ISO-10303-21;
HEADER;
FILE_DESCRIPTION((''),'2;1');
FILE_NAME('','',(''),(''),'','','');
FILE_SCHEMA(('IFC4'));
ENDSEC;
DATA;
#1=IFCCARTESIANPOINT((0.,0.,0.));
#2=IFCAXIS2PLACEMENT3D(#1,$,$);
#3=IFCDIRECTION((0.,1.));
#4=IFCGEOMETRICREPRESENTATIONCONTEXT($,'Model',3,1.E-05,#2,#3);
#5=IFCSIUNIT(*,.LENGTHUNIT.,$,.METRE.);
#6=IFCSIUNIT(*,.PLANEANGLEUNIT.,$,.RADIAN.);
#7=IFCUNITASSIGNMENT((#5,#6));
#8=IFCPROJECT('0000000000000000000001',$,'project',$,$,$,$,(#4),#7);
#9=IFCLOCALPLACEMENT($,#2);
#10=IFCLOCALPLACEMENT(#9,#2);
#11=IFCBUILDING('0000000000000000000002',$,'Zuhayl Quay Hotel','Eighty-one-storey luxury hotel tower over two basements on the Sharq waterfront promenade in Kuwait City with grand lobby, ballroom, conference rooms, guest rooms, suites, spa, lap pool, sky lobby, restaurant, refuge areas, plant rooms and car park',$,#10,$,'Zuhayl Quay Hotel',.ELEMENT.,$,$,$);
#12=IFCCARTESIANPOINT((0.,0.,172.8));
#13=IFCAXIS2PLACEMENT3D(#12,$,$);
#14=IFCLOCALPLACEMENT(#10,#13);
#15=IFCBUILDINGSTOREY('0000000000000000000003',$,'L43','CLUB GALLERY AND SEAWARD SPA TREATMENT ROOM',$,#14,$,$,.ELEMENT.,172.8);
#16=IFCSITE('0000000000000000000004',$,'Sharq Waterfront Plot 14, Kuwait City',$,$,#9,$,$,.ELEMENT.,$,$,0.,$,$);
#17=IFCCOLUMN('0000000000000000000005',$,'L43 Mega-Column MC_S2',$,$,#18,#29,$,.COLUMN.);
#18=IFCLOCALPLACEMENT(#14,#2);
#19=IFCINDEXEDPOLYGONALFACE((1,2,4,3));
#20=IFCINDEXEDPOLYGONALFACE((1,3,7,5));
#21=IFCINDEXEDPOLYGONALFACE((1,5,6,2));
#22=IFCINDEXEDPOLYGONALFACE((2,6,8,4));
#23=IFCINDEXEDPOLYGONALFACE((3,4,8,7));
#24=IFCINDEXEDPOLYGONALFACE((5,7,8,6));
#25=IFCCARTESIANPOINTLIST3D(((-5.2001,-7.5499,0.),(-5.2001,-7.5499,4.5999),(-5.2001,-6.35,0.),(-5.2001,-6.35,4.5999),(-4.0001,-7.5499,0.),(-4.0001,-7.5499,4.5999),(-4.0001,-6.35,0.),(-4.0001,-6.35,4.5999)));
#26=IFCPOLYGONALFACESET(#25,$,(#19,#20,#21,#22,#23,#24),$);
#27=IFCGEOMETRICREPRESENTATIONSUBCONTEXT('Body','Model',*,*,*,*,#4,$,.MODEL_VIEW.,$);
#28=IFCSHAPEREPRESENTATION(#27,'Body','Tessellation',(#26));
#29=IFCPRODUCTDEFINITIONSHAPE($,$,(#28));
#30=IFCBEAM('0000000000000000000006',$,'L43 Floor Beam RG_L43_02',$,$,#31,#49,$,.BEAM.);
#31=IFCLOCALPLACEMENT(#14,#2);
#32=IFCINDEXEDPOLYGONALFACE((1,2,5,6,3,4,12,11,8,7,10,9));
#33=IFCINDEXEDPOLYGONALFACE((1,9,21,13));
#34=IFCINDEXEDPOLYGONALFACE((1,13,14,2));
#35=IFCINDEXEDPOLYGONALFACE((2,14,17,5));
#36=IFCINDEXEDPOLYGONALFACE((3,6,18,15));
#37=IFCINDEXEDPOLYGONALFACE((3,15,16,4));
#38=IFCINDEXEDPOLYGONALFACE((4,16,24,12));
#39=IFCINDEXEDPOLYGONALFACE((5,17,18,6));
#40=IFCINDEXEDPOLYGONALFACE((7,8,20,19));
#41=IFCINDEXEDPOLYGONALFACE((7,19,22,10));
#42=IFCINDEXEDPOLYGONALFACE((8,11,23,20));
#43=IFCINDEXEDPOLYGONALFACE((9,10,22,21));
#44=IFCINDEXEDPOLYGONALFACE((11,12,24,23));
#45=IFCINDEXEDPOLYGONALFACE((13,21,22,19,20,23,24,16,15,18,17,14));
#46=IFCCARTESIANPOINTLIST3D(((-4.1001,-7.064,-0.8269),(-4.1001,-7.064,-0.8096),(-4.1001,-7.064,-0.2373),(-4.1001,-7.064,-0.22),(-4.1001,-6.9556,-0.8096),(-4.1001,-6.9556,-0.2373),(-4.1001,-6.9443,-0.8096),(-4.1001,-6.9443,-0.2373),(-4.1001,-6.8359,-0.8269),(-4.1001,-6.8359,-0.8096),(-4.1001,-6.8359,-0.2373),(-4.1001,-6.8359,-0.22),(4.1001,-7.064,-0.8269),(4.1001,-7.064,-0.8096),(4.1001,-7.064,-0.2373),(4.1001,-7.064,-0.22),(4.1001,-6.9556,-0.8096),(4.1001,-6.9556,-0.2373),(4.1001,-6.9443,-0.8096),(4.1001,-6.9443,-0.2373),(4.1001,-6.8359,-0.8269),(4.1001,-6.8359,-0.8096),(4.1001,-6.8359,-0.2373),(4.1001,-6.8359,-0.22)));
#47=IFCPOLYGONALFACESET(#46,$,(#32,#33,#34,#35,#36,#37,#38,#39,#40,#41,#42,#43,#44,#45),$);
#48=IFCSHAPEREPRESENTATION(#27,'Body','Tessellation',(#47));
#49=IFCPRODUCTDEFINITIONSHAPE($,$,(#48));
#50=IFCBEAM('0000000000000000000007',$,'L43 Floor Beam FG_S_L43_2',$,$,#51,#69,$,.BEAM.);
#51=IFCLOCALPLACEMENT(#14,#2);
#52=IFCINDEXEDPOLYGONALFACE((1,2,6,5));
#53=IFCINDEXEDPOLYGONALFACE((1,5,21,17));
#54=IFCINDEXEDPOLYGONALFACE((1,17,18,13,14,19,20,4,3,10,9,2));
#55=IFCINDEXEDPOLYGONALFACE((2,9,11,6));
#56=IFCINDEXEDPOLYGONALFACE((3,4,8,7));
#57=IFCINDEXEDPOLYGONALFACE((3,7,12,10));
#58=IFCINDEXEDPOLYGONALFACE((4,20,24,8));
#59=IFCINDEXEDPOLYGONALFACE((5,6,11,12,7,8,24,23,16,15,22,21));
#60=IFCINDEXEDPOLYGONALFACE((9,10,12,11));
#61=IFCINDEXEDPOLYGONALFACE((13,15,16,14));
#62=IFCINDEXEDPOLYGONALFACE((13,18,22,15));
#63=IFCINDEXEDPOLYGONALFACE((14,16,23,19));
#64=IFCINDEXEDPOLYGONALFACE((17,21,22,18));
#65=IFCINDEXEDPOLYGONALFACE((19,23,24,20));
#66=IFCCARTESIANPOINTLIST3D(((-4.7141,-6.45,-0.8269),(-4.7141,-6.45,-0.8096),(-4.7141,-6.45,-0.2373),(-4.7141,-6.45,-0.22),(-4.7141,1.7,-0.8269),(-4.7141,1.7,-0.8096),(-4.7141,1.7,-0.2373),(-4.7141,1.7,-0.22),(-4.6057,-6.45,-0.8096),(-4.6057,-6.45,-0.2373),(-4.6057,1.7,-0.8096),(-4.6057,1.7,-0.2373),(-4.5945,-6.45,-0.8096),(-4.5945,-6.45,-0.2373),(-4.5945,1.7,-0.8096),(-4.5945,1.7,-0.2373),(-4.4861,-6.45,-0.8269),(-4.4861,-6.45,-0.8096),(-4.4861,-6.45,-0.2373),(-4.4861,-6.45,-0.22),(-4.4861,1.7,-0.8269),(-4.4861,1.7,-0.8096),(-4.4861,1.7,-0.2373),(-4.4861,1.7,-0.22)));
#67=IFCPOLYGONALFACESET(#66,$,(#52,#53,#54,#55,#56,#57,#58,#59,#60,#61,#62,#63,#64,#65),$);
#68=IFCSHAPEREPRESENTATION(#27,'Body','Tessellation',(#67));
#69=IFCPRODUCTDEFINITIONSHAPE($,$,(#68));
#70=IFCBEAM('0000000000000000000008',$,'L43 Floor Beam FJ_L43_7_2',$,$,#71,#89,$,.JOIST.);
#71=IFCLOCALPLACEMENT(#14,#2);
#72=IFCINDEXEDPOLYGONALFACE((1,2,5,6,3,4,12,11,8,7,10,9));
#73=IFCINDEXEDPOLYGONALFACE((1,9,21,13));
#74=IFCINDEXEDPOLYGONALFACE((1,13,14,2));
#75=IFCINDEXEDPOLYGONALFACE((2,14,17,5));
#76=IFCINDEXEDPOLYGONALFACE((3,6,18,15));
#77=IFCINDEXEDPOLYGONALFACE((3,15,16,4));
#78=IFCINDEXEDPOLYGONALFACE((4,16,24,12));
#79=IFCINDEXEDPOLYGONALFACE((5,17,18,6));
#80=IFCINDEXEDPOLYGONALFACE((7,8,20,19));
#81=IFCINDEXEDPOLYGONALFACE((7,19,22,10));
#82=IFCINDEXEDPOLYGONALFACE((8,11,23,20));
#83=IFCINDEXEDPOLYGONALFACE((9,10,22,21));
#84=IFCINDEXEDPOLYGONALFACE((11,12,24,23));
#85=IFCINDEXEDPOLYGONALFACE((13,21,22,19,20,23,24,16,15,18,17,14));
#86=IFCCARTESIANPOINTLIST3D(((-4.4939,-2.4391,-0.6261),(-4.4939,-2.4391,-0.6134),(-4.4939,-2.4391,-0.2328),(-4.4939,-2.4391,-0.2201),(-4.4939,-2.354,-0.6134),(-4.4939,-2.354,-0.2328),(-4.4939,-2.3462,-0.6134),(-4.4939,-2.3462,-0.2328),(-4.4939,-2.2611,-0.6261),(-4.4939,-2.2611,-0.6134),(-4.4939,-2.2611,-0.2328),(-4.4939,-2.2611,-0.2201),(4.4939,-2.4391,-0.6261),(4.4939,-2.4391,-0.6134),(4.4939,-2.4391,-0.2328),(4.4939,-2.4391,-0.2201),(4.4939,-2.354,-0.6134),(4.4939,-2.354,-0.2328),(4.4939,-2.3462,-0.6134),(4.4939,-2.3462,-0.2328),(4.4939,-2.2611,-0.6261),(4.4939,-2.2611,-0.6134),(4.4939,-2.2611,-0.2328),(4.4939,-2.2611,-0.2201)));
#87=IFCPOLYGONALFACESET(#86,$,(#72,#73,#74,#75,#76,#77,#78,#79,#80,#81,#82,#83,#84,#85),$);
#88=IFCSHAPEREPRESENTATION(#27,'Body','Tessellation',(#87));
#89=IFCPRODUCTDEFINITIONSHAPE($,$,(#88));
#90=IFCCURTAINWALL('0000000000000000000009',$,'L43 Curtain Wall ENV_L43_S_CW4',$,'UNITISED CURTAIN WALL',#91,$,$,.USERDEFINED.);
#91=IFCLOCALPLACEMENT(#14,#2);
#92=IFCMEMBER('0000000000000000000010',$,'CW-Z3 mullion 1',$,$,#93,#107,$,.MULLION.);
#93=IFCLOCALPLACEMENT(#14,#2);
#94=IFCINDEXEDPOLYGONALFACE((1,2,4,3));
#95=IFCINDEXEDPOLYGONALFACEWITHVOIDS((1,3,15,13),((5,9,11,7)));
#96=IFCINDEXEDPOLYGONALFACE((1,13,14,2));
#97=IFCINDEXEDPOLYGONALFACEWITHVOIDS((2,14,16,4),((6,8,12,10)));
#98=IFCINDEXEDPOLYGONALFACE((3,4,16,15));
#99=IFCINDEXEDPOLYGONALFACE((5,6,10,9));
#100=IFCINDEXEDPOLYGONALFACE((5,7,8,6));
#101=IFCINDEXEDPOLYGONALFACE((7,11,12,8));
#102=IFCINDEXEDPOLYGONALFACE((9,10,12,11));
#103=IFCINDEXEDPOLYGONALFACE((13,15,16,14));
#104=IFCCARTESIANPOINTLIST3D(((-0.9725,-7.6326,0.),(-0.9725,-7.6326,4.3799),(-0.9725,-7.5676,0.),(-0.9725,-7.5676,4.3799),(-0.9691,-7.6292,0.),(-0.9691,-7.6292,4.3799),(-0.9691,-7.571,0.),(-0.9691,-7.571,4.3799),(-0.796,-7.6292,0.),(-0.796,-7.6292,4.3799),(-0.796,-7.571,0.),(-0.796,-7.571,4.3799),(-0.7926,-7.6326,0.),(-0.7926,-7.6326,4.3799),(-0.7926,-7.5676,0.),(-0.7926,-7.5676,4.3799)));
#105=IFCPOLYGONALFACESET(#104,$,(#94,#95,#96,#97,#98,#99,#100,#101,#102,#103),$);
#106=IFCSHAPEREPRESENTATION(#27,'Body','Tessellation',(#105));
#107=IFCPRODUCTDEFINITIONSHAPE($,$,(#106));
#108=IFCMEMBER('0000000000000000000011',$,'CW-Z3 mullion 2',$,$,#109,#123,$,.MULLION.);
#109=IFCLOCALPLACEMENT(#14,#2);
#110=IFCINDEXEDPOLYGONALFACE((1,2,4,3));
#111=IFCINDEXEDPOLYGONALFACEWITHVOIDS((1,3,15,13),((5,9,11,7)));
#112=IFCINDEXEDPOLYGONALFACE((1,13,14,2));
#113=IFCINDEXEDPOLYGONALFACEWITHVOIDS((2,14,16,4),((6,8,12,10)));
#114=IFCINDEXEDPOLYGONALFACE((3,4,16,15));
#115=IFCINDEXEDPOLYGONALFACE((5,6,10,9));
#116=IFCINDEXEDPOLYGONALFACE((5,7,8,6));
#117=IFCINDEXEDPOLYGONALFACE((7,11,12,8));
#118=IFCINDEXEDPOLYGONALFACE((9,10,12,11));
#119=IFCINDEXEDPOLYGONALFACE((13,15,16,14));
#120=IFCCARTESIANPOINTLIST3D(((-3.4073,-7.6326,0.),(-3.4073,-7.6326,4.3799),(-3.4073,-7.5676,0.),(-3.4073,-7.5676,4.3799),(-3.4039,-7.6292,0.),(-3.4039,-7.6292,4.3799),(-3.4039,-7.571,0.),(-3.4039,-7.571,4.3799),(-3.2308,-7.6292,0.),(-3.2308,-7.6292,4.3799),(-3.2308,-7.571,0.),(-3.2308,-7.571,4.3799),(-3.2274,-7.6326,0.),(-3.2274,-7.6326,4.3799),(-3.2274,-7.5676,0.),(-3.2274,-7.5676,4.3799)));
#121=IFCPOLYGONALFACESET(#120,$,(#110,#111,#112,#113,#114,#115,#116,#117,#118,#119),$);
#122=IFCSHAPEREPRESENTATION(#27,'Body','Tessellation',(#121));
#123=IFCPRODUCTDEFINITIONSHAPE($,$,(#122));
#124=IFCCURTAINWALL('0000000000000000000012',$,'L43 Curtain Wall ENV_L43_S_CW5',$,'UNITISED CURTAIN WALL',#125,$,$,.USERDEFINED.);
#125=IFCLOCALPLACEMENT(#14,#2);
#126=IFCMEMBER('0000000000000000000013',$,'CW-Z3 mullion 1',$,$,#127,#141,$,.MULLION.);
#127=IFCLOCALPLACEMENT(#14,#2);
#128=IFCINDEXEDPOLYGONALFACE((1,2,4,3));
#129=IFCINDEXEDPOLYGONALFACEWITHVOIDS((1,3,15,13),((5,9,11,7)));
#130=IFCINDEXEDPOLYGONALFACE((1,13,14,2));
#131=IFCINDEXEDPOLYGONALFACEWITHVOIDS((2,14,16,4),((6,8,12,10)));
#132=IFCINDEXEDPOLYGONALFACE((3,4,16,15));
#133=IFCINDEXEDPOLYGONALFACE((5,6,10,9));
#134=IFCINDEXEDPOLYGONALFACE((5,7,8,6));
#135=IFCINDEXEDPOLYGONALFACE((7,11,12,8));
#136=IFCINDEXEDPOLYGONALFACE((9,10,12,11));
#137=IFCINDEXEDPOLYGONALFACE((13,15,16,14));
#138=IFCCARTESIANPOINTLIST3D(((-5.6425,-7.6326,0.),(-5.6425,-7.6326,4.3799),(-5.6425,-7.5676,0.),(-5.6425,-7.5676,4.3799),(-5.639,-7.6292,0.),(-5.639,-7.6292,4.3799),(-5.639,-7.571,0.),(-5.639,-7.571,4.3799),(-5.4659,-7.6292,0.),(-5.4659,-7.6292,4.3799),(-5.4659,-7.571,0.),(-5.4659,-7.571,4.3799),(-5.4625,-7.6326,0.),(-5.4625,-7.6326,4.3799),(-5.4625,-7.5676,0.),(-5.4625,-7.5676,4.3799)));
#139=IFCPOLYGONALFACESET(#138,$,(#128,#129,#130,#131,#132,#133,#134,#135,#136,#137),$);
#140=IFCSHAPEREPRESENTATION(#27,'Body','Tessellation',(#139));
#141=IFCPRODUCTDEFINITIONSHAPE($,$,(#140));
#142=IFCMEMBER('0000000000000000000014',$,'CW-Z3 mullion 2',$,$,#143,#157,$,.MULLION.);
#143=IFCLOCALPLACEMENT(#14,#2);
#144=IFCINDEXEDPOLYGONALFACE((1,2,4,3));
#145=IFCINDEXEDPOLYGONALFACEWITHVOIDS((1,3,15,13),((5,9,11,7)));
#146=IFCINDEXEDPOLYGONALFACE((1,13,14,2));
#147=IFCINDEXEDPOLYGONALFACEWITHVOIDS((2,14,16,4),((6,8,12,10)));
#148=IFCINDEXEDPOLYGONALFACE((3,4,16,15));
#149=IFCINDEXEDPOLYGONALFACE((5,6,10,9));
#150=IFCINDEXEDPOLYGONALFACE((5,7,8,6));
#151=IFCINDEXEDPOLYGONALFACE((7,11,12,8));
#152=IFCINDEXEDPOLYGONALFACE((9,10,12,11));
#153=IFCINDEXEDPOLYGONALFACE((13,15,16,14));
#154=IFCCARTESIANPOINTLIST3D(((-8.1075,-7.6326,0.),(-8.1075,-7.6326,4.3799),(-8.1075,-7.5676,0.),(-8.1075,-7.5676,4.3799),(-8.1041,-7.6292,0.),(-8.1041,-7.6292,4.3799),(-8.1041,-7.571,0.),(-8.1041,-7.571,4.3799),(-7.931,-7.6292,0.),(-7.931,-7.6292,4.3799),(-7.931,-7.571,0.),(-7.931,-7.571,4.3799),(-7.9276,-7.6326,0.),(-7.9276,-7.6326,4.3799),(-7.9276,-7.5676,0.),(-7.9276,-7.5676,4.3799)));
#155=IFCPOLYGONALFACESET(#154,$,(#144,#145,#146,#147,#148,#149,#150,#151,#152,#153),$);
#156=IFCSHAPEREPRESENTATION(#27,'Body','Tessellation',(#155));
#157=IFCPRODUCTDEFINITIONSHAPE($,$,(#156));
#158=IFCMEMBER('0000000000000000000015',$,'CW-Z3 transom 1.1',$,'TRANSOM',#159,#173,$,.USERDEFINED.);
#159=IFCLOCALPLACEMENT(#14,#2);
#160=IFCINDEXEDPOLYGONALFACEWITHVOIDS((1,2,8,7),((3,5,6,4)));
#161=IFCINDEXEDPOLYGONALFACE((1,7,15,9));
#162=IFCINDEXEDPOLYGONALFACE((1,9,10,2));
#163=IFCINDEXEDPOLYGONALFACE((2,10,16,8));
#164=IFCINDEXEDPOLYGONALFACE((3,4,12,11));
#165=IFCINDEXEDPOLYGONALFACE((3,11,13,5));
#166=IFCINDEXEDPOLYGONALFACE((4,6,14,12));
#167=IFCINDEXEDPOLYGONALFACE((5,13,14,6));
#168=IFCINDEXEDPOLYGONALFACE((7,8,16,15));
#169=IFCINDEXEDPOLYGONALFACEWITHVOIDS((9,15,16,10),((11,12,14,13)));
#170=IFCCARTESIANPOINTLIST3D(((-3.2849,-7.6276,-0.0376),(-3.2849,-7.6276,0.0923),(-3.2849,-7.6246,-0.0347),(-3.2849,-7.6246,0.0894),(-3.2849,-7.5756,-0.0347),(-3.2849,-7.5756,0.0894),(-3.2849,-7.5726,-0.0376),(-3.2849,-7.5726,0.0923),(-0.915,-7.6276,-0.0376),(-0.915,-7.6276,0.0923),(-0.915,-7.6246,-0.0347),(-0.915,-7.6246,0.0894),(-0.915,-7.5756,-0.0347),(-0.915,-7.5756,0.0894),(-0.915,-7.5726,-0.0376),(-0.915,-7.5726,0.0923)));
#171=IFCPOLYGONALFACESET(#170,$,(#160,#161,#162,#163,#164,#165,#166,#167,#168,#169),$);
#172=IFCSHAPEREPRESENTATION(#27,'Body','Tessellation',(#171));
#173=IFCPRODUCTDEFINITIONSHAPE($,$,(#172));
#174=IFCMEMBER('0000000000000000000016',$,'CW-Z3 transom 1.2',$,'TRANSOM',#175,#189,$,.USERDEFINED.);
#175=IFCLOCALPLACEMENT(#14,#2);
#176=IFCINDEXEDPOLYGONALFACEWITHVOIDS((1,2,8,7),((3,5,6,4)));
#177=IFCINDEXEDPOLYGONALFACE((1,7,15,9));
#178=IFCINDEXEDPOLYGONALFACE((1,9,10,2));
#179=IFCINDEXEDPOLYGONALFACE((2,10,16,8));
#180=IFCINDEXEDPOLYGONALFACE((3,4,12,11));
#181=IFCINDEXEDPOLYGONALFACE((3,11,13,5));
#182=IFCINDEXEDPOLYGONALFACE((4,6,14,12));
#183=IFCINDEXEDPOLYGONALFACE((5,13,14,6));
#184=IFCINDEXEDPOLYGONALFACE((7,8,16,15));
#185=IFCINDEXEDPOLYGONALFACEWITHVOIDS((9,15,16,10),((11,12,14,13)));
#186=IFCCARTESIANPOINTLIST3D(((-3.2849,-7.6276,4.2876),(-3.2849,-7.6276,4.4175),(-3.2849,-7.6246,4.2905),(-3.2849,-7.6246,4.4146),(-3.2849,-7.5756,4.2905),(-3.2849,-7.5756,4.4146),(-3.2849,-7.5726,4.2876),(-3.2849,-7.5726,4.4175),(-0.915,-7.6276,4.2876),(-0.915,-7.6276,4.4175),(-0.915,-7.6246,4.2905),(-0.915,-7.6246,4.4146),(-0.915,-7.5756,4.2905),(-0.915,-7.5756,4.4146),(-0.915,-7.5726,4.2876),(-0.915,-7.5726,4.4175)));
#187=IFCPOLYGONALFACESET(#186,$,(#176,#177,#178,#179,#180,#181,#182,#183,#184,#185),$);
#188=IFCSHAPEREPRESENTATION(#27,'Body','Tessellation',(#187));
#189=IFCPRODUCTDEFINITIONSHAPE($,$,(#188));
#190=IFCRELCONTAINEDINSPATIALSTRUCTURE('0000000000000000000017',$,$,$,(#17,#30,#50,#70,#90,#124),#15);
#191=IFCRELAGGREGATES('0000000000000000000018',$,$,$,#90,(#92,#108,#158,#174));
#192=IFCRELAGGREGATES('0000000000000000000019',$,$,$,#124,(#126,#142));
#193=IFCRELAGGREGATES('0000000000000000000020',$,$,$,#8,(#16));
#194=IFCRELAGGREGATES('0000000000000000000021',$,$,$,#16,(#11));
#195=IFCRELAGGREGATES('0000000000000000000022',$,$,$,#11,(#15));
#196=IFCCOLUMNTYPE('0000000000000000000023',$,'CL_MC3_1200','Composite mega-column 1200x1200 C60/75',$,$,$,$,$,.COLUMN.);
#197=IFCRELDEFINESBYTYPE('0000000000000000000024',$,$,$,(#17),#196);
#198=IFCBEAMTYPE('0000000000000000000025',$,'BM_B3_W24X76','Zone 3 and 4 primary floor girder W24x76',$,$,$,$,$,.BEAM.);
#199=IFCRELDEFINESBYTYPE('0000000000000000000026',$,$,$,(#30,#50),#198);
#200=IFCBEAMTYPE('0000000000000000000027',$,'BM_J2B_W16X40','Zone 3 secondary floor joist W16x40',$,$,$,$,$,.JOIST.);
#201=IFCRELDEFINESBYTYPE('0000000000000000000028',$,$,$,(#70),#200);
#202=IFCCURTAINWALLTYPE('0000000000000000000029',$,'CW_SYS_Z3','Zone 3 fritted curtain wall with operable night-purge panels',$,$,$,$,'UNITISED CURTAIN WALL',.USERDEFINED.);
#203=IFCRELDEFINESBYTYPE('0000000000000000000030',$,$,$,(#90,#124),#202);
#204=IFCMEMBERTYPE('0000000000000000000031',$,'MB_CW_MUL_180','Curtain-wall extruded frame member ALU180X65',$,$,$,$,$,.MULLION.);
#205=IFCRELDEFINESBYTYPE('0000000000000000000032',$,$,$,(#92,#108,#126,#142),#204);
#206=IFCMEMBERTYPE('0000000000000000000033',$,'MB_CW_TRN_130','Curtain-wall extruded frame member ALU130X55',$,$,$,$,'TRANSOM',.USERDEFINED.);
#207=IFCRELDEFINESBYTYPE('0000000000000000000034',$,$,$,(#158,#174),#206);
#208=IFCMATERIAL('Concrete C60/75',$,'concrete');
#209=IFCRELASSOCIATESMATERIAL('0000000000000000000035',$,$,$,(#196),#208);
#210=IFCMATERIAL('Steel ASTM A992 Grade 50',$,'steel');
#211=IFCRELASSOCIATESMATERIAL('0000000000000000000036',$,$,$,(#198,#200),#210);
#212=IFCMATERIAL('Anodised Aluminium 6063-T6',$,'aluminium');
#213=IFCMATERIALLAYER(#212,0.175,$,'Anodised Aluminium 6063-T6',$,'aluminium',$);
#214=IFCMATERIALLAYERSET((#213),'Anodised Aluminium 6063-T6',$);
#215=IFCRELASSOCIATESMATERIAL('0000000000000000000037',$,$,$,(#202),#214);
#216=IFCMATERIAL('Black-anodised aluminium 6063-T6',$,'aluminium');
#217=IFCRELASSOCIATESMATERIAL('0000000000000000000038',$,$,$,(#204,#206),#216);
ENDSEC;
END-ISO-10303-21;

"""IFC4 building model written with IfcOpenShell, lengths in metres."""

from ifc_helpers import new_model, si_unit, direction, frame, origin, origin_2d, place, context, subcontext, project, spatial, rectangle, hollow_rectangle, i_section, extrude, material, layer, layer_set, material_profile, profile_set, type_object, element, aggregate, save


model = new_model("IFC4")

# Units and contexts
model_context = context("Model", 3, precision=1e-05, world=origin(), true_north=direction((0.0, 1.0)))
body_context = subcontext(model_context, "Body", "Model", "MODEL_VIEW")
ifc_project = project(units=[si_unit("LENGTHUNIT", "METRE"), si_unit("PLANEANGLEUNIT", "RADIAN")], contexts=[model_context])

# Site, building, storey
site_placement = place(None, origin())
site = spatial("IfcSite", under=ifc_project, at=site_placement, Name="Sharq Waterfront Plot 14, Kuwait City", CompositionType="ELEMENT", RefElevation=0.0)
building_placement = place(site_placement, origin())
building = spatial("IfcBuilding", under=site, at=building_placement, Name="Zuhayl Quay Hotel", Description="Eighty-one-storey luxury hotel tower over two basements on the Sharq waterfront promenade in Kuwait City with grand lobby, ballroom, conference rooms, guest rooms, suites, spa, lap pool, sky lobby, restaurant, refuge areas, plant rooms and car park", LongName="Zuhayl Quay Hotel", CompositionType="ELEMENT")
storey_placement = place(building_placement, frame((0.0, 0.0, 172.8)))
storey = spatial("IfcBuildingStorey", under=building, at=storey_placement, Name="L43", Description="CLUB GALLERY AND SEAWARD SPA TREATMENT ROOM", CompositionType="ELEMENT", Elevation=172.8)

# Column
ifc_material_1 = material(Name="Concrete C60/75", Category="concrete")
ifc_material_profile_1 = material_profile(ifc_material_1, rectangle(XDim=1.2, YDim=1.2, at=origin_2d()), Name="RC1200X1200")
ifc_profile_set_1 = profile_set([ifc_material_profile_1], Name="Concrete C60/75")
column_type = type_object("IfcColumnType", Name="CL_MC3_1200", Description="Composite mega-column 1200x1200 C60/75", PredefinedType="COLUMN", material=ifc_profile_set_1)
column_placement = place(storey_placement, frame((-4.6001, -6.95, 0.0), z_axis=(0.0, 0.0, 1.0), x_axis=(1.0, 0.0, 0.0)))
element("IfcColumn", 1, at=column_placement, inside=storey, type_object=column_type, Name="L43 Mega-Column MC_S2", PredefinedType="COLUMN", context=body_context, shape_type="SweptSolid", body=[
    extrude(rectangle(XDim=1.2, YDim=1.2, at=origin_2d()), origin(), (0.0, 0.0, 1.0), 4.5999),
])

# Beams
ifc_material_2 = material(Name="Steel ASTM A992 Grade 50", Category="steel")
ifc_material_profile_2 = material_profile(ifc_material_2, i_section(OverallWidth=0.228, OverallDepth=0.6069, WebThickness=0.0112, FlangeThickness=0.0173, at=origin_2d()), Name="W24X76")
ifc_profile_set_2 = profile_set([ifc_material_profile_2], Name="Steel ASTM A992 Grade 50")
beam_type_1 = type_object("IfcBeamType", Name="BM_B3_W24X76", Description="Zone 3 and 4 primary floor girder W24x76", PredefinedType="BEAM", material=ifc_profile_set_2)
beam_1_placement = place(storey_placement, frame((-4.1001, -6.95, -0.5234), z_axis=(1.0, 0.0, 0.0), x_axis=(0.0, 1.0, 0.0)))
element("IfcBeam", 2, at=beam_1_placement, inside=storey, type_object=beam_type_1, Name="L43 Floor Beam RG_L43_02", PredefinedType="BEAM", context=body_context, shape_type="SweptSolid", body=[
    extrude(i_section(OverallWidth=0.228, OverallDepth=0.6069, WebThickness=0.0112, FlangeThickness=0.0173, at=origin_2d()), origin(), (0.0, 0.0, 1.0), 8.2002),
])
beam_2_placement = place(storey_placement, frame((-4.6001, -6.45, -0.5234), z_axis=(0.0, 1.0, 0.0), x_axis=(-1.0, 0.0, 0.0)))
element("IfcBeam", 3, at=beam_2_placement, inside=storey, type_object=beam_type_1, Name="L43 Floor Beam FG_S_L43_2", PredefinedType="BEAM", context=body_context, shape_type="SweptSolid", body=[
    extrude(i_section(OverallWidth=0.228, OverallDepth=0.6069, WebThickness=0.0112, FlangeThickness=0.0173, at=origin_2d()), origin(), (0.0, 0.0, 1.0), 8.1499),
])
ifc_material_profile_3 = material_profile(ifc_material_2, i_section(OverallWidth=0.178, OverallDepth=0.406, WebThickness=0.0078, FlangeThickness=0.0127, at=origin_2d()), Name="W16X40")
ifc_profile_set_3 = profile_set([ifc_material_profile_3], Name="Steel ASTM A992 Grade 50")
beam_type_2 = type_object("IfcBeamType", Name="BM_J2B_W16X40", Description="Zone 3 secondary floor joist W16x40", PredefinedType="JOIST", material=ifc_profile_set_3)
beam_3_placement = place(storey_placement, frame((-4.4939, -2.3501, -0.4231), z_axis=(1.0, 0.0, 0.0), x_axis=(0.0, 1.0, 0.0)))
element("IfcBeam", 4, at=beam_3_placement, inside=storey, type_object=beam_type_2, Name="L43 Floor Beam FJ_L43_7_2", PredefinedType="JOIST", context=body_context, shape_type="SweptSolid", body=[
    extrude(i_section(OverallWidth=0.178, OverallDepth=0.406, WebThickness=0.0078, FlangeThickness=0.0127, at=origin_2d()), origin(), (0.0, 0.0, 1.0), 8.9878),
])

# Curtain walls, members
ifc_material_3 = material(Name="Anodised Aluminium 6063-T6", Category="aluminium")
ifc_layer_1 = layer(ifc_material_3, 0.175, Name="Anodised Aluminium 6063-T6", Category="aluminium")
ifc_layer_set_1 = layer_set([ifc_layer_1], Name="Anodised Aluminium 6063-T6")
curtain_wall_type = type_object("IfcCurtainWallType", Name="CW_SYS_Z3", Description="Zone 3 fritted curtain wall with operable night-purge panels", ElementType="UNITISED CURTAIN WALL", PredefinedType="USERDEFINED", material=ifc_layer_set_1)
curtain_wall_1_placement = place(storey_placement, origin())
curtain_wall_1 = element("IfcCurtainWall", 5, at=curtain_wall_1_placement, inside=storey, type_object=curtain_wall_type, Name="L43 Curtain Wall ENV_L43_S_CW4", ObjectType="UNITISED CURTAIN WALL", PredefinedType="USERDEFINED")
ifc_material_4 = material(Name="Black-anodised aluminium 6063-T6", Category="aluminium")
ifc_material_profile_4 = material_profile(ifc_material_4, hollow_rectangle(XDim=0.0649, YDim=0.1799, WallThickness=0.0034, at=origin_2d()), Name="ALU180X65")
ifc_profile_set_4 = profile_set([ifc_material_profile_4], Name="Black-anodised aluminium 6063-T6")
member_type_1 = type_object("IfcMemberType", Name="MB_CW_MUL_180", Description="Curtain-wall extruded frame member ALU180X65", PredefinedType="MULLION", material=ifc_profile_set_4)
member_1_placement = place(storey_placement, frame((-0.8826, -7.6001, 0.0), z_axis=(0.0, 0.0, 1.0), x_axis=(0.0, -1.0, 0.0)))
member_1 = element("IfcMember", 6, at=member_1_placement, type_object=member_type_1, Name="CW-Z3 mullion 1", PredefinedType="MULLION", context=body_context, shape_type="SweptSolid", body=[
    extrude(hollow_rectangle(XDim=0.0649, YDim=0.1799, WallThickness=0.0034, at=origin_2d()), origin(), (0.0, 0.0, 1.0), 4.3799),
])
member_2_placement = place(storey_placement, frame((-3.3174, -7.6001, 0.0), z_axis=(0.0, 0.0, 1.0), x_axis=(0.0, -1.0, 0.0)))
member_2 = element("IfcMember", 7, at=member_2_placement, type_object=member_type_1, Name="CW-Z3 mullion 2", PredefinedType="MULLION", context=body_context, shape_type="SweptSolid", body=[
    extrude(hollow_rectangle(XDim=0.0649, YDim=0.1799, WallThickness=0.0034, at=origin_2d()), origin(), (0.0, 0.0, 1.0), 4.3799),
])
curtain_wall_2_placement = place(storey_placement, origin())
curtain_wall_2 = element("IfcCurtainWall", 8, at=curtain_wall_2_placement, inside=storey, type_object=curtain_wall_type, Name="L43 Curtain Wall ENV_L43_S_CW5", ObjectType="UNITISED CURTAIN WALL", PredefinedType="USERDEFINED")
member_3_placement = place(storey_placement, frame((-5.5525, -7.6001, 0.0), z_axis=(0.0, 0.0, 1.0), x_axis=(0.0, -1.0, 0.0)))
member_3 = element("IfcMember", 9, at=member_3_placement, type_object=member_type_1, Name="CW-Z3 mullion 1", PredefinedType="MULLION", context=body_context, shape_type="SweptSolid", body=[
    extrude(hollow_rectangle(XDim=0.0649, YDim=0.1799, WallThickness=0.0034, at=origin_2d()), origin(), (0.0, 0.0, 1.0), 4.3799),
])
member_4_placement = place(storey_placement, frame((-8.0176, -7.6001, 0.0), z_axis=(0.0, 0.0, 1.0), x_axis=(0.0, -1.0, 0.0)))
member_4 = element("IfcMember", 10, at=member_4_placement, type_object=member_type_1, Name="CW-Z3 mullion 2", PredefinedType="MULLION", context=body_context, shape_type="SweptSolid", body=[
    extrude(hollow_rectangle(XDim=0.0649, YDim=0.1799, WallThickness=0.0034, at=origin_2d()), origin(), (0.0, 0.0, 1.0), 4.3799),
])

# Members
ifc_material_profile_5 = material_profile(ifc_material_4, hollow_rectangle(XDim=0.0549, YDim=0.1299, WallThickness=0.0029, at=origin_2d()), Name="ALU130X55")
ifc_profile_set_5 = profile_set([ifc_material_profile_5], Name="Black-anodised aluminium 6063-T6")
member_type_2 = type_object("IfcMemberType", Name="MB_CW_TRN_130", Description="Curtain-wall extruded frame member ALU130X55", ElementType="TRANSOM", PredefinedType="USERDEFINED", material=ifc_profile_set_5)
member_5_placement = place(storey_placement, frame((-0.915, -7.6001, 0.0273), z_axis=(-1.0, 0.0, 0.0), x_axis=(0.0, -1.0, 0.0)))
member_5 = element("IfcMember", 11, at=member_5_placement, type_object=member_type_2, Name="CW-Z3 transom 1.1", ObjectType="TRANSOM", PredefinedType="USERDEFINED", context=body_context, shape_type="SweptSolid", body=[
    extrude(hollow_rectangle(XDim=0.0549, YDim=0.1299, WallThickness=0.0029, at=origin_2d()), origin(), (0.0, 0.0, 1.0), 2.3699),
])
member_6_placement = place(storey_placement, frame((-0.915, -7.6001, 4.3525), z_axis=(-1.0, 0.0, 0.0), x_axis=(0.0, -1.0, 0.0)))
member_6 = element("IfcMember", 12, at=member_6_placement, type_object=member_type_2, Name="CW-Z3 transom 1.2", ObjectType="TRANSOM", PredefinedType="USERDEFINED", context=body_context, shape_type="SweptSolid", body=[
    extrude(hollow_rectangle(XDim=0.0549, YDim=0.1299, WallThickness=0.0029, at=origin_2d()), origin(), (0.0, 0.0, 1.0), 2.3699),
])

aggregate(curtain_wall_1, [member_1, member_2, member_5, member_6])
aggregate(curtain_wall_2, [member_3, member_4])

save(model, "model.ifc")
